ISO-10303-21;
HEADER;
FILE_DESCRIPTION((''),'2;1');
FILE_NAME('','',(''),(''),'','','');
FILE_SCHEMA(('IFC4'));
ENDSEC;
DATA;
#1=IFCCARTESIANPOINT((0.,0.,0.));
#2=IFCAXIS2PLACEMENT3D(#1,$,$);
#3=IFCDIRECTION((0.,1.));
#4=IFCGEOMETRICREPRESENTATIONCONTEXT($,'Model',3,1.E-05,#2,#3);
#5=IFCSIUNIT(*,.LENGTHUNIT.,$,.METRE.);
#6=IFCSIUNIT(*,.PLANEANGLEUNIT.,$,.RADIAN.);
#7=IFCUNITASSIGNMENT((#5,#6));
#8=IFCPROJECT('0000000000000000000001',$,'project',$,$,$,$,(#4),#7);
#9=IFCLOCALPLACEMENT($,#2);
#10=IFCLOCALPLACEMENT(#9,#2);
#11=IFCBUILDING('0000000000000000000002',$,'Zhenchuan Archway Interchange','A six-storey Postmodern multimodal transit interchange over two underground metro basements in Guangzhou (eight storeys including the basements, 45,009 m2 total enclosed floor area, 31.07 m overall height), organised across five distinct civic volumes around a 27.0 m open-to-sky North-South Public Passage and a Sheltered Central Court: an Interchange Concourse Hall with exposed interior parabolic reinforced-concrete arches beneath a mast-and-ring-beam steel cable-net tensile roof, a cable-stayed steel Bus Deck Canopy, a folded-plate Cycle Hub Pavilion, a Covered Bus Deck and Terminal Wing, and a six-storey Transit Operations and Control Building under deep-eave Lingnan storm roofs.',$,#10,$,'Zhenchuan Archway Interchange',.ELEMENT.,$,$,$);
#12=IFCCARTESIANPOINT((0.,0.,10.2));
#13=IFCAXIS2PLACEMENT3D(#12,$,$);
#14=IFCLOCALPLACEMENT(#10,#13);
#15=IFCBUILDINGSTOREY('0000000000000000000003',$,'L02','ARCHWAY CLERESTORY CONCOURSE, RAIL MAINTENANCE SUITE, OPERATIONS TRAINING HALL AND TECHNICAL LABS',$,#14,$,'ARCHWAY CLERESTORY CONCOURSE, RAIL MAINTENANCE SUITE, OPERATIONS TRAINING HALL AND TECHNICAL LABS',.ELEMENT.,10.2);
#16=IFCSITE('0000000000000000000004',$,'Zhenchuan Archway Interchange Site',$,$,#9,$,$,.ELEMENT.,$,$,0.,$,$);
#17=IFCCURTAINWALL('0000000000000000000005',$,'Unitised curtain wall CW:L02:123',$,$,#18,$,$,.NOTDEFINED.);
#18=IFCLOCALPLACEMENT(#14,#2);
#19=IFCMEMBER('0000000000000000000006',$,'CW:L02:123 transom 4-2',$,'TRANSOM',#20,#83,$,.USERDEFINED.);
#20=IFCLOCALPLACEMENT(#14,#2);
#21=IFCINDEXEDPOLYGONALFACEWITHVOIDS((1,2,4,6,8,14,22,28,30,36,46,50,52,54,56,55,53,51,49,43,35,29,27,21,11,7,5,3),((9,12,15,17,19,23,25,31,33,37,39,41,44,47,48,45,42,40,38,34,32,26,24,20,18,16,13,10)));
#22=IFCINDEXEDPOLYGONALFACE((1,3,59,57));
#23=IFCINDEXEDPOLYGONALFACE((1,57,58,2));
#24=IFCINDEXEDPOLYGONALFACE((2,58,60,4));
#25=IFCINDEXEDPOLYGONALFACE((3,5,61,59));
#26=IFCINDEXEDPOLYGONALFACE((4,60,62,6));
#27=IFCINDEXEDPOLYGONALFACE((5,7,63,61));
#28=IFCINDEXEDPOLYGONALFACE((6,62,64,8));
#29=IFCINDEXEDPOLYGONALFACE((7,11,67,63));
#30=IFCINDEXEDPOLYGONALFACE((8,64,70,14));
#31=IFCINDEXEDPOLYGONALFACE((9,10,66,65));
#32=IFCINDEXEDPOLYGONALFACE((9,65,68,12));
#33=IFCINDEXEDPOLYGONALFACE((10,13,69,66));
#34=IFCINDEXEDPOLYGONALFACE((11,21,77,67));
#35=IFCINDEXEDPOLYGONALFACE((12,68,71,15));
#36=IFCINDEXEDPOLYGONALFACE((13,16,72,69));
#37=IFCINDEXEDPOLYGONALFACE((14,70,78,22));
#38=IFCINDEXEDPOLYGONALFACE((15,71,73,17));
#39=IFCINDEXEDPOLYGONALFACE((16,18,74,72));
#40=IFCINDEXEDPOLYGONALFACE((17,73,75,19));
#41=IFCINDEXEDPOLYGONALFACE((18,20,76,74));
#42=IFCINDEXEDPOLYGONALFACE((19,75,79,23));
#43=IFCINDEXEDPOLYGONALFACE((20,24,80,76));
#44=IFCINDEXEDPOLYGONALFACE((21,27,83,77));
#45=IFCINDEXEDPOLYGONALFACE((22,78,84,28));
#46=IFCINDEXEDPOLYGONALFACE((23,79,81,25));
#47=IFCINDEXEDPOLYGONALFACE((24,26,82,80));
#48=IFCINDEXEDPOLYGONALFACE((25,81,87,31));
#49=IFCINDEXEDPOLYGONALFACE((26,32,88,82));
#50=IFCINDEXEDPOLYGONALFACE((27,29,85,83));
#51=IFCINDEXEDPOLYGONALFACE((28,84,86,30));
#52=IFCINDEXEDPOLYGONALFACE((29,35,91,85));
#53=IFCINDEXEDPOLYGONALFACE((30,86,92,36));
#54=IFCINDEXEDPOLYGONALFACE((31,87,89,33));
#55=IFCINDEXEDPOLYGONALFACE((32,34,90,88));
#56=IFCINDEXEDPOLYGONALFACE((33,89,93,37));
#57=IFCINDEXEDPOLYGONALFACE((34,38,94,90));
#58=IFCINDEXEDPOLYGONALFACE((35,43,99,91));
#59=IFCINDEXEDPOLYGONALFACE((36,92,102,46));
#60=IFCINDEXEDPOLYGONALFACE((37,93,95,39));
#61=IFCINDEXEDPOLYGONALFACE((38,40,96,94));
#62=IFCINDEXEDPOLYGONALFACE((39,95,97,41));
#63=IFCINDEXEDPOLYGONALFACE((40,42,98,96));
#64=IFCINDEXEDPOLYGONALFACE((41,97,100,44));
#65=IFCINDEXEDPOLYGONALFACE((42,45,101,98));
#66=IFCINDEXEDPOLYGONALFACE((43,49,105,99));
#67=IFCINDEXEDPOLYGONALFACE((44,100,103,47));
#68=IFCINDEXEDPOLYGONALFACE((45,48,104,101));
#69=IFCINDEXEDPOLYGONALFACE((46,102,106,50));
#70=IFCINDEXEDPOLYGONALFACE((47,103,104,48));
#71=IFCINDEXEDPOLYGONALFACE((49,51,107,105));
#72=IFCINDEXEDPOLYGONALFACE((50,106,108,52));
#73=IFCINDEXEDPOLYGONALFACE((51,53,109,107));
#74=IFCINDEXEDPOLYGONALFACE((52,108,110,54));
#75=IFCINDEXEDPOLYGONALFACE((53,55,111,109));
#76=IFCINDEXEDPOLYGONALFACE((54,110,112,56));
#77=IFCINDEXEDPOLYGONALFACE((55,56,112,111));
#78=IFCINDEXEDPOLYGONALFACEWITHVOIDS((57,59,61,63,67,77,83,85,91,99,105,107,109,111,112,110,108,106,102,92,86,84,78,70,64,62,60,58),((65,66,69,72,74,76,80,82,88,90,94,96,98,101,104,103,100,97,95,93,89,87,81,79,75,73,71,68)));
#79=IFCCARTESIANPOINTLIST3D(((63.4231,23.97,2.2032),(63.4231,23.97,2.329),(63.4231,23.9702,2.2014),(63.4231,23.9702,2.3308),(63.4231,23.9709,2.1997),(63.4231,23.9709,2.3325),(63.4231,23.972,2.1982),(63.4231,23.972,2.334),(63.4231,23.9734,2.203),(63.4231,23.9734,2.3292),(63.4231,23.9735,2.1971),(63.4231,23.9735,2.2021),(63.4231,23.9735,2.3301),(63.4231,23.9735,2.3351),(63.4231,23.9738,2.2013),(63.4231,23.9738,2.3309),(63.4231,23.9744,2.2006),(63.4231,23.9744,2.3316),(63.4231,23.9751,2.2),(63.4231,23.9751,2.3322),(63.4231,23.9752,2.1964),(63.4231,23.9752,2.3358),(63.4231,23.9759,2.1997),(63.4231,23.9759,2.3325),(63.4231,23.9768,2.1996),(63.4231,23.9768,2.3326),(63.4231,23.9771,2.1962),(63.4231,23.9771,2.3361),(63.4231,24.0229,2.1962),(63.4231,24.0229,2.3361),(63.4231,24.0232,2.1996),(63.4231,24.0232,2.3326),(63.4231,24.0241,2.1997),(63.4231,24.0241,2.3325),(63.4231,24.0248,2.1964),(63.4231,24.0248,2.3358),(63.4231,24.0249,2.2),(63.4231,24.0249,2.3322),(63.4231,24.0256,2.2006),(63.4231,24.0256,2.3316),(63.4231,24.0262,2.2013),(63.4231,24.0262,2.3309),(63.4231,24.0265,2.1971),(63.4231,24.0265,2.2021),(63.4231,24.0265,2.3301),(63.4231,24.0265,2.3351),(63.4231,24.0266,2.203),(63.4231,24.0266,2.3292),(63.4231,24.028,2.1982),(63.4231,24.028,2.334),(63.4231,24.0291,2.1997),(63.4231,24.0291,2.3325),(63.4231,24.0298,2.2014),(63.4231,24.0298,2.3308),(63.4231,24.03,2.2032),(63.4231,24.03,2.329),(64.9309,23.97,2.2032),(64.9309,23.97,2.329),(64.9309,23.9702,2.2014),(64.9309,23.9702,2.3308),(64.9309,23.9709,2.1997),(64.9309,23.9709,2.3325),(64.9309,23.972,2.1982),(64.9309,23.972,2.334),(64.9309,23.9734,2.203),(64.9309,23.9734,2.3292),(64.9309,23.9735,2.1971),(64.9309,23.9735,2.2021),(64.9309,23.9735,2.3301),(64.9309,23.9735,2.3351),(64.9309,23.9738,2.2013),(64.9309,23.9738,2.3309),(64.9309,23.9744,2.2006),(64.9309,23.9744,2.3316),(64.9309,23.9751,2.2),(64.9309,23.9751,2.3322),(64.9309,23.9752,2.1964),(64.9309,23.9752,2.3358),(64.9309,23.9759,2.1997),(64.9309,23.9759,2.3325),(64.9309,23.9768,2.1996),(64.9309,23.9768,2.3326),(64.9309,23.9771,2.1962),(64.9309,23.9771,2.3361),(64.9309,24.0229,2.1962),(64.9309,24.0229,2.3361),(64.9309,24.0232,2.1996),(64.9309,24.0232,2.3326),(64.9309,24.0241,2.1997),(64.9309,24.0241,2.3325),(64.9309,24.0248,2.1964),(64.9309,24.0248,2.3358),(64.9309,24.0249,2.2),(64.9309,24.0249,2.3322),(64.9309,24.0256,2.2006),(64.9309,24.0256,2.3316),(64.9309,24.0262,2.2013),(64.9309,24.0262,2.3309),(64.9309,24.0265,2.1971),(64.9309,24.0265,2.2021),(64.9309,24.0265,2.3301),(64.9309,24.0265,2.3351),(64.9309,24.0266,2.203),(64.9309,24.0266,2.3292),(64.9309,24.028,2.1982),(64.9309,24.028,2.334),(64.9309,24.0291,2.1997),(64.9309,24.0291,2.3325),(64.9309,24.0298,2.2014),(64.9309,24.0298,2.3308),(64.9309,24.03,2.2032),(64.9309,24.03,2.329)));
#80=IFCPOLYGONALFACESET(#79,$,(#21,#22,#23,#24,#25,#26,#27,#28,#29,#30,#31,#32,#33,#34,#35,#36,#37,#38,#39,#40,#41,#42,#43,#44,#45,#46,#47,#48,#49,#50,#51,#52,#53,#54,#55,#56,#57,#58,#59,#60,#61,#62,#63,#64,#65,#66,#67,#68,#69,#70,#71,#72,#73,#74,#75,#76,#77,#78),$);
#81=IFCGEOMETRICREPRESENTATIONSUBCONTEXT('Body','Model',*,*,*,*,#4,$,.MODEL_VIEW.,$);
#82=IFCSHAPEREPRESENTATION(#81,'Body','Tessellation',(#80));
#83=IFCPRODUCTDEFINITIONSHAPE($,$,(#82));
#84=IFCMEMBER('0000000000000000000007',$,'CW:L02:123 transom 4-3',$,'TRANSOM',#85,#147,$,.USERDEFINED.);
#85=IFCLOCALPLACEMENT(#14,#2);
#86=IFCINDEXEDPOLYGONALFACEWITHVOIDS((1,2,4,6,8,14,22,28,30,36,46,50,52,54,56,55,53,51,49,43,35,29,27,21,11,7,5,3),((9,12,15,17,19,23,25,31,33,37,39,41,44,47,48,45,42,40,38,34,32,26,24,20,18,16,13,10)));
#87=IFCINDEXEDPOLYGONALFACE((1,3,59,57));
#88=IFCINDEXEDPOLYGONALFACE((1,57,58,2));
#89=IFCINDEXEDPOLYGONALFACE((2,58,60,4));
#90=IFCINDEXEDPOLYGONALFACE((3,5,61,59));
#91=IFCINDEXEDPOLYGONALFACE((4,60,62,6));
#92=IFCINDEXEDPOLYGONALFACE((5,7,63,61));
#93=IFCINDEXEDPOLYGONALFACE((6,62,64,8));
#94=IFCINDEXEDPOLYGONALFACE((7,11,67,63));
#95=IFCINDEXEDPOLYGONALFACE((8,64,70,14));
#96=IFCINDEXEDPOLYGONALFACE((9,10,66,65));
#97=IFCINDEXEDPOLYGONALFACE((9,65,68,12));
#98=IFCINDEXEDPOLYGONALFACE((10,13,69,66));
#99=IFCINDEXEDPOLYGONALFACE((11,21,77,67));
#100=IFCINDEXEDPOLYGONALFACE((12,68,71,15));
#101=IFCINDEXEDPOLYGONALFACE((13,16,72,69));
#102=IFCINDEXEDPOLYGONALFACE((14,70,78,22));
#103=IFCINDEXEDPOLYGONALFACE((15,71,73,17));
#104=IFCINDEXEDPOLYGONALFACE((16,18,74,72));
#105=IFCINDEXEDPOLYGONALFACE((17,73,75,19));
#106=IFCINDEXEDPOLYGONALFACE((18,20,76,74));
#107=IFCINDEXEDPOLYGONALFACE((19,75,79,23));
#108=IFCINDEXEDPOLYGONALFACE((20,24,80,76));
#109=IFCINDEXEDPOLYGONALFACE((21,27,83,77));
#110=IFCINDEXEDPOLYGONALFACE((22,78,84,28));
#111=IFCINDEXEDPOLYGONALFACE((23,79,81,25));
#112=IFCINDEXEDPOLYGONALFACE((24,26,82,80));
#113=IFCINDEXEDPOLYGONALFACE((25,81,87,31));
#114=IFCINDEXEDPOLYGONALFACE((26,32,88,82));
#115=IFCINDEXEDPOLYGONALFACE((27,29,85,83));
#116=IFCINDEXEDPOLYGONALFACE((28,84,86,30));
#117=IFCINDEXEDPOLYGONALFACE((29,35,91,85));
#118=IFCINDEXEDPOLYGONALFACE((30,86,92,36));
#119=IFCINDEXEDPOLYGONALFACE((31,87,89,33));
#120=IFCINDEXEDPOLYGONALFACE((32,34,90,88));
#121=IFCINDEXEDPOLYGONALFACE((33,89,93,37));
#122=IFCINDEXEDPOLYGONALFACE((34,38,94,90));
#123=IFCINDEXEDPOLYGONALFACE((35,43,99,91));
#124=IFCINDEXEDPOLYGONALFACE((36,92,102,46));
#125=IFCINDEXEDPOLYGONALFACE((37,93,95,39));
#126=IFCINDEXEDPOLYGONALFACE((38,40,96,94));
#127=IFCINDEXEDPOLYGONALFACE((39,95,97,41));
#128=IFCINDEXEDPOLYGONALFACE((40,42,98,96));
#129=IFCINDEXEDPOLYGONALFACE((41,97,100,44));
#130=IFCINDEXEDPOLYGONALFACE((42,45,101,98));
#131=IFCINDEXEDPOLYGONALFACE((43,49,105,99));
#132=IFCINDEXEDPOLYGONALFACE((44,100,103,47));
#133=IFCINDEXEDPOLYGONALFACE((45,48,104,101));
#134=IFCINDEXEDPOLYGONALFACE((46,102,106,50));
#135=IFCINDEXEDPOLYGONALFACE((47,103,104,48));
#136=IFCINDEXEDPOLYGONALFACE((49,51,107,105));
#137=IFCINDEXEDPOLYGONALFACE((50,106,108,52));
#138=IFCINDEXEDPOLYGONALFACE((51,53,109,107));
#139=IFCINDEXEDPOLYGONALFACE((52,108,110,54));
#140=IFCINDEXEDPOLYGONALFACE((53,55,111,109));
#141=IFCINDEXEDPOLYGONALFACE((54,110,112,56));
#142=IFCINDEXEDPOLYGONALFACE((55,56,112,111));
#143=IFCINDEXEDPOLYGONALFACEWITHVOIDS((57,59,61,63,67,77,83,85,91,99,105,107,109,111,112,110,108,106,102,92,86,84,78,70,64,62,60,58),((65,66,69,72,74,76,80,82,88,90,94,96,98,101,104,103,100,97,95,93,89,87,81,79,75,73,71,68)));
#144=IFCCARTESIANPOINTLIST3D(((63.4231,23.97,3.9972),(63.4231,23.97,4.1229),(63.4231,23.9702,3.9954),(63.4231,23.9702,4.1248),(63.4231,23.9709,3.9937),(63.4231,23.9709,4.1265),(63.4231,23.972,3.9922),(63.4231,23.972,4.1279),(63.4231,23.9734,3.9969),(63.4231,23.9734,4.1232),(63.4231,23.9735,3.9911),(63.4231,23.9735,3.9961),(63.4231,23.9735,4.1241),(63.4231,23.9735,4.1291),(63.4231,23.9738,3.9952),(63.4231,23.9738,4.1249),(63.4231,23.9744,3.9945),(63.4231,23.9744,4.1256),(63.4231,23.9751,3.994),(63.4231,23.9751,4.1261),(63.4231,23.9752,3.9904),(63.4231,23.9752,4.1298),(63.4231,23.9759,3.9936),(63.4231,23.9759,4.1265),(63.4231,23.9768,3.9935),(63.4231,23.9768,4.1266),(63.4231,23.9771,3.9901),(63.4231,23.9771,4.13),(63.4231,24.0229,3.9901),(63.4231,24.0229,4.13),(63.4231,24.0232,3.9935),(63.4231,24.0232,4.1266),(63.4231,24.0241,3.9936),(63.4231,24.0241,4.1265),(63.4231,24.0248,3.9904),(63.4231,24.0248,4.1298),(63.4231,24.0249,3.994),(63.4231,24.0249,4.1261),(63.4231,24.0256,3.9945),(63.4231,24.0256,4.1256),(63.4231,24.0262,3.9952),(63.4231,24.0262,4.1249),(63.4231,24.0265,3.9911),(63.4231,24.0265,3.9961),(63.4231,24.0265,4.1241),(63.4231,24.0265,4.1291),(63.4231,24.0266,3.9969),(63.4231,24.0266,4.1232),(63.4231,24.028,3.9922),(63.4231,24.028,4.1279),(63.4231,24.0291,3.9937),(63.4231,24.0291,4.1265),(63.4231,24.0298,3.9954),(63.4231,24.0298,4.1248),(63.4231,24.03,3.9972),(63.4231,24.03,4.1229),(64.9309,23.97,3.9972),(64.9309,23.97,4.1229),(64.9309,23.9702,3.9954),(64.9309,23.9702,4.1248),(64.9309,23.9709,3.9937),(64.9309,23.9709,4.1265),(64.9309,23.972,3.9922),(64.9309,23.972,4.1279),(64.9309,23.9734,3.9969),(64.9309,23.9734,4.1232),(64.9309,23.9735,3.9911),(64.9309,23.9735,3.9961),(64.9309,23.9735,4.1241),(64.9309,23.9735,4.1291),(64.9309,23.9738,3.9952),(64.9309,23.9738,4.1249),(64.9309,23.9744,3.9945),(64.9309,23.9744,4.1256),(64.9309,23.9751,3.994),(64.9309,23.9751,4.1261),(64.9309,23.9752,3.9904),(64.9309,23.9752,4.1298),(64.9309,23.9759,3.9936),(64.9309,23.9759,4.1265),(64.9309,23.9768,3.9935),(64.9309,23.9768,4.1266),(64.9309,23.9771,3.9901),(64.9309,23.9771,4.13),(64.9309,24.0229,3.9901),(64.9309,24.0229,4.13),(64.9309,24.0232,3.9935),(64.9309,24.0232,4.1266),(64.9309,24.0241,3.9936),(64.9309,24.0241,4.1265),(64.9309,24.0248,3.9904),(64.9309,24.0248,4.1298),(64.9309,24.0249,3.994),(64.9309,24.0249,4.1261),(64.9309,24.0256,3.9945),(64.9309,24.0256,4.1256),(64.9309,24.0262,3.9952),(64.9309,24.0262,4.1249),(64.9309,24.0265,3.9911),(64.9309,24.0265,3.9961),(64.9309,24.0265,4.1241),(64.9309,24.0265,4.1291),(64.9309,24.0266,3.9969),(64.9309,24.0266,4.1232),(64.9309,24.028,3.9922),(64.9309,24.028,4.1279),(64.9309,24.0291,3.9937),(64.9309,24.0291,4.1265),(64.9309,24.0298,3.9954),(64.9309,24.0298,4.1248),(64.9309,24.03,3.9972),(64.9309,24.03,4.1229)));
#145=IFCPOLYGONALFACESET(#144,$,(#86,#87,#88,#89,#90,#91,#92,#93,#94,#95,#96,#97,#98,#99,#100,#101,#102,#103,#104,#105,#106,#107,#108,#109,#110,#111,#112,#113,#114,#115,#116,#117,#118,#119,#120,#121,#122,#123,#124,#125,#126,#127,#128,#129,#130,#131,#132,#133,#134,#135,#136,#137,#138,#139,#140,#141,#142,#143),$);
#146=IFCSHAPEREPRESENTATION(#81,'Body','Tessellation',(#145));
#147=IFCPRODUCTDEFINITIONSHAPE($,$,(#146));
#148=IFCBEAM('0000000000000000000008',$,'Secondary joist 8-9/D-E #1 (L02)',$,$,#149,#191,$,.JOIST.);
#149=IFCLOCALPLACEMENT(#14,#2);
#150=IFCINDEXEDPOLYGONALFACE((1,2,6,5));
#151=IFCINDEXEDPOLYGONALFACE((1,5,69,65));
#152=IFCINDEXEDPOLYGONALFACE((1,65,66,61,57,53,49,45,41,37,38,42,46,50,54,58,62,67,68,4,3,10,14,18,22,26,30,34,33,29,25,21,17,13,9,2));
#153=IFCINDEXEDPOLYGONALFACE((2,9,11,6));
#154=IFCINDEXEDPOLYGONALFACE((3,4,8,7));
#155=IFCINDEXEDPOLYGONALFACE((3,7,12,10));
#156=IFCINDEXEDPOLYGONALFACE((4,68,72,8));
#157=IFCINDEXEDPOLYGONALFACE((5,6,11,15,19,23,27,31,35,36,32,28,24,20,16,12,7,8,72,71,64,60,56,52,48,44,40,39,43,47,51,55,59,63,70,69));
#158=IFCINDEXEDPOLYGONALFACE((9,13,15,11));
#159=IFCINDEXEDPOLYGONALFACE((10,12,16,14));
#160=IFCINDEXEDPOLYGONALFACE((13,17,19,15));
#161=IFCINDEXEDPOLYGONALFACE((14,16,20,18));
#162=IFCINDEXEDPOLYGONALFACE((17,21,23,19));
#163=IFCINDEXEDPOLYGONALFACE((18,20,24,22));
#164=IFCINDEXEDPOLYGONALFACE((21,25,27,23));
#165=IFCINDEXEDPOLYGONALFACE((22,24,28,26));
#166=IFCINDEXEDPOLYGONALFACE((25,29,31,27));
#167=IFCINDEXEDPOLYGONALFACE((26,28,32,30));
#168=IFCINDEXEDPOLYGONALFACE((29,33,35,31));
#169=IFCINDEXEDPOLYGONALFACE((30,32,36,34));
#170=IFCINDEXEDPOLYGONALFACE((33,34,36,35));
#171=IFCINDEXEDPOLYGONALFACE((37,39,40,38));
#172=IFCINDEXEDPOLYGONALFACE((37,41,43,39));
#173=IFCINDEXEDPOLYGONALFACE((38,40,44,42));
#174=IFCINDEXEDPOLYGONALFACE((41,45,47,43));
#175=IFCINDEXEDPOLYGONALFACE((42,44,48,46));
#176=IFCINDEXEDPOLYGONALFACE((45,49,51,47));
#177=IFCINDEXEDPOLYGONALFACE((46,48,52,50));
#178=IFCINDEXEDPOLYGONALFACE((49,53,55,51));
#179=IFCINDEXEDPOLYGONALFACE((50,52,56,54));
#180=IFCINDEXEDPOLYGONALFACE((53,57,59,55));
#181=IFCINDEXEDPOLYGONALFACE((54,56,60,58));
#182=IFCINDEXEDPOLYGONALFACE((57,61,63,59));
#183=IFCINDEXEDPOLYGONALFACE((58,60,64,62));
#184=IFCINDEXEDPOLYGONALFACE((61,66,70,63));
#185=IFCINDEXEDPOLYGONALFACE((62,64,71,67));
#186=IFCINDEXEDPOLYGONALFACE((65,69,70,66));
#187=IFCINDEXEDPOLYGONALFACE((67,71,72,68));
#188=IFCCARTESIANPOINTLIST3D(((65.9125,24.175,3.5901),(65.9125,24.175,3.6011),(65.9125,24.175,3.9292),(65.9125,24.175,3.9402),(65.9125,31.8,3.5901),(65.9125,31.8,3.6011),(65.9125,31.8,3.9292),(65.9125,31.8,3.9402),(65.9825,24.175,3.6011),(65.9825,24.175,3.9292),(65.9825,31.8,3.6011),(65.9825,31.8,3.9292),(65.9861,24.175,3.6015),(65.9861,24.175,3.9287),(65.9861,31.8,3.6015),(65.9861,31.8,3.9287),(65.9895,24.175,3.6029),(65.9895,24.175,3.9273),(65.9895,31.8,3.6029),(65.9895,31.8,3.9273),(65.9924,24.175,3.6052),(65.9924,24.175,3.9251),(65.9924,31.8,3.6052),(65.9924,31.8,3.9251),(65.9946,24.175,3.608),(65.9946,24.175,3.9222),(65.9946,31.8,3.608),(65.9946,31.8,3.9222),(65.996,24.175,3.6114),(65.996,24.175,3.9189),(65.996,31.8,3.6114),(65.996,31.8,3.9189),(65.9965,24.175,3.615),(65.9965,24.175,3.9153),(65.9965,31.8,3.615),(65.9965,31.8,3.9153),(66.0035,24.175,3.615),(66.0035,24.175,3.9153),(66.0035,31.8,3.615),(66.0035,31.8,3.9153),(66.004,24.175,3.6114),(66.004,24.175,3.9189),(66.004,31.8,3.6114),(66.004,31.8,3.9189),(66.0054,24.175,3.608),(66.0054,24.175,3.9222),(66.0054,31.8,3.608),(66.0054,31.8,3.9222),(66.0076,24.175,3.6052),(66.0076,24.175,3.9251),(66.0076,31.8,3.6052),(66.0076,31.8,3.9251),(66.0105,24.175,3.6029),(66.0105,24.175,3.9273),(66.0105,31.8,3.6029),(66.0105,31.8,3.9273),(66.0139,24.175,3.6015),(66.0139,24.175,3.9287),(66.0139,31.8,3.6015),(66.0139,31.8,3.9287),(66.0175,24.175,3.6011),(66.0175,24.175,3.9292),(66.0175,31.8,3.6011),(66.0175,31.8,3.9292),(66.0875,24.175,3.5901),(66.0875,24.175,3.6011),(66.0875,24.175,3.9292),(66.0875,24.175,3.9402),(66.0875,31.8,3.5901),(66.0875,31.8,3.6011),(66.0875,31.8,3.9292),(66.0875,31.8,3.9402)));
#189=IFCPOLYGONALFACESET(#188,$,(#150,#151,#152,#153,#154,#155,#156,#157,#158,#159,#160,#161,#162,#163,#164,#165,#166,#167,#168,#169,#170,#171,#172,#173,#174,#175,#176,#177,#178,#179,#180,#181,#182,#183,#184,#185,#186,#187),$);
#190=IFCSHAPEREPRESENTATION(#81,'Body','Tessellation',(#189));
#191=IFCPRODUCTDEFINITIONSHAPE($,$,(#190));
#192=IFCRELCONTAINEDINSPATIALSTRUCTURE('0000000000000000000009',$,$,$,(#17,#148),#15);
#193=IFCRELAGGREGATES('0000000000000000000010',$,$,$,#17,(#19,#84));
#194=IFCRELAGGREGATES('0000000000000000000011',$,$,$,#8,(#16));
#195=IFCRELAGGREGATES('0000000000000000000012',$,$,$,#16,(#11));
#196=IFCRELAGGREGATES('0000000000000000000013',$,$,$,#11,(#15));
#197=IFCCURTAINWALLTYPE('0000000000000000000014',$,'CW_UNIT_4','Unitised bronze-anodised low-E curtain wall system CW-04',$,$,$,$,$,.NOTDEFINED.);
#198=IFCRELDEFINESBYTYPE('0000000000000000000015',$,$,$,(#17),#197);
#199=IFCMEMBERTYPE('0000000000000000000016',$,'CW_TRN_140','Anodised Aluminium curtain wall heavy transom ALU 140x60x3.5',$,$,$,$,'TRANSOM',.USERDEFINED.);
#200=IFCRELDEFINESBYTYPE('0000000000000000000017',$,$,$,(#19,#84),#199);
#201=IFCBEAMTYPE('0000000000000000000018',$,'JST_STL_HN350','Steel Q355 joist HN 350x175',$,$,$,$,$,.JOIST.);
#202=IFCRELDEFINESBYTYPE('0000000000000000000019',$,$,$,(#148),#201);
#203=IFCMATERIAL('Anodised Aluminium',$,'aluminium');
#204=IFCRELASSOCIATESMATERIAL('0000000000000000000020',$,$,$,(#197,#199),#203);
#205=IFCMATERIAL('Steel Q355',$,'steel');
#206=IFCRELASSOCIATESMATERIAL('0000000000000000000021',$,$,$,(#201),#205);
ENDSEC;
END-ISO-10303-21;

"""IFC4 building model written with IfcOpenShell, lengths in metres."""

from ifc_helpers import new_model, si_unit, direction, frame, origin, origin_2d, place, context, subcontext, project, spatial, hollow_rectangle, i_section, extrude, material, material_profile, profile_set, type_object, element, aggregate, save


model = new_model("IFC4")

# Units and contexts
model_context = context("Model", 3, precision=1e-05, world=origin(), true_north=direction((0.0, 1.0)))
body_context = subcontext(model_context, "Body", "Model", "MODEL_VIEW")
ifc_project = project(units=[si_unit("LENGTHUNIT", "METRE"), si_unit("PLANEANGLEUNIT", "RADIAN")], contexts=[model_context])

# Site, building, storey
site_placement = place(None, origin())
site = spatial("IfcSite", under=ifc_project, at=site_placement, Name="Zhenchuan Archway Interchange Site", CompositionType="ELEMENT", RefElevation=0.0)
building_placement = place(site_placement, origin())
building = spatial("IfcBuilding", under=site, at=building_placement, Name="Zhenchuan Archway Interchange", Description="A six-storey Postmodern multimodal transit interchange over two underground metro basements in Guangzhou (eight storeys including the basements, 45,009 m2 total enclosed floor area, 31.07 m overall height), organised across five distinct civic volumes around a 27.0 m open-to-sky North-South Public Passage and a Sheltered Central Court: an Interchange Concourse Hall with exposed interior parabolic reinforced-concrete arches beneath a mast-and-ring-beam steel cable-net tensile roof, a cable-stayed steel Bus Deck Canopy, a folded-plate Cycle Hub Pavilion, a Covered Bus Deck and Terminal Wing, and a six-storey Transit Operations and Control Building under deep-eave Lingnan storm roofs.", LongName="Zhenchuan Archway Interchange", CompositionType="ELEMENT")
storey_placement = place(building_placement, frame((0.0, 0.0, 10.2)))
storey = spatial("IfcBuildingStorey", under=building, at=storey_placement, Name="L02", Description="ARCHWAY CLERESTORY CONCOURSE, RAIL MAINTENANCE SUITE, OPERATIONS TRAINING HALL AND TECHNICAL LABS", LongName="ARCHWAY CLERESTORY CONCOURSE, RAIL MAINTENANCE SUITE, OPERATIONS TRAINING HALL AND TECHNICAL LABS", CompositionType="ELEMENT", Elevation=10.2)

# Curtain wall, members
ifc_material_1 = material(Name="Anodised Aluminium", Category="aluminium")
curtain_wall_type = type_object("IfcCurtainWallType", Name="CW_UNIT_4", Description="Unitised bronze-anodised low-E curtain wall system CW-04", PredefinedType="NOTDEFINED", material=ifc_material_1)
curtain_wall_placement = place(storey_placement, origin())
curtain_wall = element("IfcCurtainWall", 1, at=curtain_wall_placement, inside=storey, type_object=curtain_wall_type, Name="Unitised curtain wall CW:L02:123", PredefinedType="NOTDEFINED")
ifc_material_profile_1 = material_profile(ifc_material_1, hollow_rectangle(XDim=0.0601, YDim=0.1399, WallThickness=0.0034, InnerFilletRadius=0.0034, OuterFilletRadius=0.0071, at=origin_2d()), Name="ALU 140x60x3.5")
ifc_profile_set_1 = profile_set([ifc_material_profile_1], Name="Anodised Aluminium")
member_type_1 = type_object("IfcMemberType", Name="CW_TRN_140", Description="Anodised Aluminium curtain wall heavy transom ALU 140x60x3.5", ElementType="TRANSOM", PredefinedType="USERDEFINED", material=ifc_profile_set_1)
member_1_placement = place(storey_placement, frame((64.9309, 24.0, 2.2661), z_axis=(-1.0, 0.0, 0.0), x_axis=(0.0, -1.0, 0.0)))
member_1 = element("IfcMember", 2, at=member_1_placement, type_object=member_type_1, Name="CW:L02:123 transom 4-2", ObjectType="TRANSOM", PredefinedType="USERDEFINED", context=body_context, shape_type="SweptSolid", body=[
    extrude(hollow_rectangle(XDim=0.0601, YDim=0.1399, WallThickness=0.0034, InnerFilletRadius=0.0034, OuterFilletRadius=0.0071, at=origin_2d()), origin(), (0.0, 0.0, 1.0), 1.5078),
])
member_2_placement = place(storey_placement, frame((64.9309, 24.0, 4.0601), z_axis=(-1.0, 0.0, 0.0), x_axis=(0.0, -1.0, 0.0)))
member_2 = element("IfcMember", 3, at=member_2_placement, type_object=member_type_1, Name="CW:L02:123 transom 4-3", ObjectType="TRANSOM", PredefinedType="USERDEFINED", context=body_context, shape_type="SweptSolid", body=[
    extrude(hollow_rectangle(XDim=0.0601, YDim=0.1399, WallThickness=0.0034, InnerFilletRadius=0.0034, OuterFilletRadius=0.0071, at=origin_2d()), origin(), (0.0, 0.0, 1.0), 1.5078),
])

# Beam
ifc_material_2 = material(Name="Steel Q355", Category="steel")
ifc_material_profile_2 = material_profile(ifc_material_2, i_section(OverallWidth=0.175, OverallDepth=0.3501, WebThickness=0.0071, FlangeThickness=0.011, FilletRadius=0.0139, at=origin_2d()), Name="HN 350x175")
ifc_profile_set_2 = profile_set([ifc_material_profile_2], Name="Steel Q355")
beam_type_1 = type_object("IfcBeamType", Name="JST_STL_HN350", Description="Steel Q355 joist HN 350x175", PredefinedType="JOIST", material=ifc_profile_set_2)
beam_1_placement = place(storey_placement, frame((66.0, 24.175, 3.7651), z_axis=(0.0, 1.0, 0.0), x_axis=(-1.0, 0.0, 0.0)))
element("IfcBeam", 4, at=beam_1_placement, inside=storey, type_object=beam_type_1, Name="Secondary joist 8-9/D-E #1 (L02)", PredefinedType="JOIST", context=body_context, shape_type="SweptSolid", body=[
    extrude(i_section(OverallWidth=0.175, OverallDepth=0.3501, WebThickness=0.0071, FlangeThickness=0.011, FilletRadius=0.0139, at=origin_2d()), origin(), (0.0, 0.0, 1.0), 7.625),
])

aggregate(curtain_wall, [member_1, member_2])

save(model, "model.ifc")
